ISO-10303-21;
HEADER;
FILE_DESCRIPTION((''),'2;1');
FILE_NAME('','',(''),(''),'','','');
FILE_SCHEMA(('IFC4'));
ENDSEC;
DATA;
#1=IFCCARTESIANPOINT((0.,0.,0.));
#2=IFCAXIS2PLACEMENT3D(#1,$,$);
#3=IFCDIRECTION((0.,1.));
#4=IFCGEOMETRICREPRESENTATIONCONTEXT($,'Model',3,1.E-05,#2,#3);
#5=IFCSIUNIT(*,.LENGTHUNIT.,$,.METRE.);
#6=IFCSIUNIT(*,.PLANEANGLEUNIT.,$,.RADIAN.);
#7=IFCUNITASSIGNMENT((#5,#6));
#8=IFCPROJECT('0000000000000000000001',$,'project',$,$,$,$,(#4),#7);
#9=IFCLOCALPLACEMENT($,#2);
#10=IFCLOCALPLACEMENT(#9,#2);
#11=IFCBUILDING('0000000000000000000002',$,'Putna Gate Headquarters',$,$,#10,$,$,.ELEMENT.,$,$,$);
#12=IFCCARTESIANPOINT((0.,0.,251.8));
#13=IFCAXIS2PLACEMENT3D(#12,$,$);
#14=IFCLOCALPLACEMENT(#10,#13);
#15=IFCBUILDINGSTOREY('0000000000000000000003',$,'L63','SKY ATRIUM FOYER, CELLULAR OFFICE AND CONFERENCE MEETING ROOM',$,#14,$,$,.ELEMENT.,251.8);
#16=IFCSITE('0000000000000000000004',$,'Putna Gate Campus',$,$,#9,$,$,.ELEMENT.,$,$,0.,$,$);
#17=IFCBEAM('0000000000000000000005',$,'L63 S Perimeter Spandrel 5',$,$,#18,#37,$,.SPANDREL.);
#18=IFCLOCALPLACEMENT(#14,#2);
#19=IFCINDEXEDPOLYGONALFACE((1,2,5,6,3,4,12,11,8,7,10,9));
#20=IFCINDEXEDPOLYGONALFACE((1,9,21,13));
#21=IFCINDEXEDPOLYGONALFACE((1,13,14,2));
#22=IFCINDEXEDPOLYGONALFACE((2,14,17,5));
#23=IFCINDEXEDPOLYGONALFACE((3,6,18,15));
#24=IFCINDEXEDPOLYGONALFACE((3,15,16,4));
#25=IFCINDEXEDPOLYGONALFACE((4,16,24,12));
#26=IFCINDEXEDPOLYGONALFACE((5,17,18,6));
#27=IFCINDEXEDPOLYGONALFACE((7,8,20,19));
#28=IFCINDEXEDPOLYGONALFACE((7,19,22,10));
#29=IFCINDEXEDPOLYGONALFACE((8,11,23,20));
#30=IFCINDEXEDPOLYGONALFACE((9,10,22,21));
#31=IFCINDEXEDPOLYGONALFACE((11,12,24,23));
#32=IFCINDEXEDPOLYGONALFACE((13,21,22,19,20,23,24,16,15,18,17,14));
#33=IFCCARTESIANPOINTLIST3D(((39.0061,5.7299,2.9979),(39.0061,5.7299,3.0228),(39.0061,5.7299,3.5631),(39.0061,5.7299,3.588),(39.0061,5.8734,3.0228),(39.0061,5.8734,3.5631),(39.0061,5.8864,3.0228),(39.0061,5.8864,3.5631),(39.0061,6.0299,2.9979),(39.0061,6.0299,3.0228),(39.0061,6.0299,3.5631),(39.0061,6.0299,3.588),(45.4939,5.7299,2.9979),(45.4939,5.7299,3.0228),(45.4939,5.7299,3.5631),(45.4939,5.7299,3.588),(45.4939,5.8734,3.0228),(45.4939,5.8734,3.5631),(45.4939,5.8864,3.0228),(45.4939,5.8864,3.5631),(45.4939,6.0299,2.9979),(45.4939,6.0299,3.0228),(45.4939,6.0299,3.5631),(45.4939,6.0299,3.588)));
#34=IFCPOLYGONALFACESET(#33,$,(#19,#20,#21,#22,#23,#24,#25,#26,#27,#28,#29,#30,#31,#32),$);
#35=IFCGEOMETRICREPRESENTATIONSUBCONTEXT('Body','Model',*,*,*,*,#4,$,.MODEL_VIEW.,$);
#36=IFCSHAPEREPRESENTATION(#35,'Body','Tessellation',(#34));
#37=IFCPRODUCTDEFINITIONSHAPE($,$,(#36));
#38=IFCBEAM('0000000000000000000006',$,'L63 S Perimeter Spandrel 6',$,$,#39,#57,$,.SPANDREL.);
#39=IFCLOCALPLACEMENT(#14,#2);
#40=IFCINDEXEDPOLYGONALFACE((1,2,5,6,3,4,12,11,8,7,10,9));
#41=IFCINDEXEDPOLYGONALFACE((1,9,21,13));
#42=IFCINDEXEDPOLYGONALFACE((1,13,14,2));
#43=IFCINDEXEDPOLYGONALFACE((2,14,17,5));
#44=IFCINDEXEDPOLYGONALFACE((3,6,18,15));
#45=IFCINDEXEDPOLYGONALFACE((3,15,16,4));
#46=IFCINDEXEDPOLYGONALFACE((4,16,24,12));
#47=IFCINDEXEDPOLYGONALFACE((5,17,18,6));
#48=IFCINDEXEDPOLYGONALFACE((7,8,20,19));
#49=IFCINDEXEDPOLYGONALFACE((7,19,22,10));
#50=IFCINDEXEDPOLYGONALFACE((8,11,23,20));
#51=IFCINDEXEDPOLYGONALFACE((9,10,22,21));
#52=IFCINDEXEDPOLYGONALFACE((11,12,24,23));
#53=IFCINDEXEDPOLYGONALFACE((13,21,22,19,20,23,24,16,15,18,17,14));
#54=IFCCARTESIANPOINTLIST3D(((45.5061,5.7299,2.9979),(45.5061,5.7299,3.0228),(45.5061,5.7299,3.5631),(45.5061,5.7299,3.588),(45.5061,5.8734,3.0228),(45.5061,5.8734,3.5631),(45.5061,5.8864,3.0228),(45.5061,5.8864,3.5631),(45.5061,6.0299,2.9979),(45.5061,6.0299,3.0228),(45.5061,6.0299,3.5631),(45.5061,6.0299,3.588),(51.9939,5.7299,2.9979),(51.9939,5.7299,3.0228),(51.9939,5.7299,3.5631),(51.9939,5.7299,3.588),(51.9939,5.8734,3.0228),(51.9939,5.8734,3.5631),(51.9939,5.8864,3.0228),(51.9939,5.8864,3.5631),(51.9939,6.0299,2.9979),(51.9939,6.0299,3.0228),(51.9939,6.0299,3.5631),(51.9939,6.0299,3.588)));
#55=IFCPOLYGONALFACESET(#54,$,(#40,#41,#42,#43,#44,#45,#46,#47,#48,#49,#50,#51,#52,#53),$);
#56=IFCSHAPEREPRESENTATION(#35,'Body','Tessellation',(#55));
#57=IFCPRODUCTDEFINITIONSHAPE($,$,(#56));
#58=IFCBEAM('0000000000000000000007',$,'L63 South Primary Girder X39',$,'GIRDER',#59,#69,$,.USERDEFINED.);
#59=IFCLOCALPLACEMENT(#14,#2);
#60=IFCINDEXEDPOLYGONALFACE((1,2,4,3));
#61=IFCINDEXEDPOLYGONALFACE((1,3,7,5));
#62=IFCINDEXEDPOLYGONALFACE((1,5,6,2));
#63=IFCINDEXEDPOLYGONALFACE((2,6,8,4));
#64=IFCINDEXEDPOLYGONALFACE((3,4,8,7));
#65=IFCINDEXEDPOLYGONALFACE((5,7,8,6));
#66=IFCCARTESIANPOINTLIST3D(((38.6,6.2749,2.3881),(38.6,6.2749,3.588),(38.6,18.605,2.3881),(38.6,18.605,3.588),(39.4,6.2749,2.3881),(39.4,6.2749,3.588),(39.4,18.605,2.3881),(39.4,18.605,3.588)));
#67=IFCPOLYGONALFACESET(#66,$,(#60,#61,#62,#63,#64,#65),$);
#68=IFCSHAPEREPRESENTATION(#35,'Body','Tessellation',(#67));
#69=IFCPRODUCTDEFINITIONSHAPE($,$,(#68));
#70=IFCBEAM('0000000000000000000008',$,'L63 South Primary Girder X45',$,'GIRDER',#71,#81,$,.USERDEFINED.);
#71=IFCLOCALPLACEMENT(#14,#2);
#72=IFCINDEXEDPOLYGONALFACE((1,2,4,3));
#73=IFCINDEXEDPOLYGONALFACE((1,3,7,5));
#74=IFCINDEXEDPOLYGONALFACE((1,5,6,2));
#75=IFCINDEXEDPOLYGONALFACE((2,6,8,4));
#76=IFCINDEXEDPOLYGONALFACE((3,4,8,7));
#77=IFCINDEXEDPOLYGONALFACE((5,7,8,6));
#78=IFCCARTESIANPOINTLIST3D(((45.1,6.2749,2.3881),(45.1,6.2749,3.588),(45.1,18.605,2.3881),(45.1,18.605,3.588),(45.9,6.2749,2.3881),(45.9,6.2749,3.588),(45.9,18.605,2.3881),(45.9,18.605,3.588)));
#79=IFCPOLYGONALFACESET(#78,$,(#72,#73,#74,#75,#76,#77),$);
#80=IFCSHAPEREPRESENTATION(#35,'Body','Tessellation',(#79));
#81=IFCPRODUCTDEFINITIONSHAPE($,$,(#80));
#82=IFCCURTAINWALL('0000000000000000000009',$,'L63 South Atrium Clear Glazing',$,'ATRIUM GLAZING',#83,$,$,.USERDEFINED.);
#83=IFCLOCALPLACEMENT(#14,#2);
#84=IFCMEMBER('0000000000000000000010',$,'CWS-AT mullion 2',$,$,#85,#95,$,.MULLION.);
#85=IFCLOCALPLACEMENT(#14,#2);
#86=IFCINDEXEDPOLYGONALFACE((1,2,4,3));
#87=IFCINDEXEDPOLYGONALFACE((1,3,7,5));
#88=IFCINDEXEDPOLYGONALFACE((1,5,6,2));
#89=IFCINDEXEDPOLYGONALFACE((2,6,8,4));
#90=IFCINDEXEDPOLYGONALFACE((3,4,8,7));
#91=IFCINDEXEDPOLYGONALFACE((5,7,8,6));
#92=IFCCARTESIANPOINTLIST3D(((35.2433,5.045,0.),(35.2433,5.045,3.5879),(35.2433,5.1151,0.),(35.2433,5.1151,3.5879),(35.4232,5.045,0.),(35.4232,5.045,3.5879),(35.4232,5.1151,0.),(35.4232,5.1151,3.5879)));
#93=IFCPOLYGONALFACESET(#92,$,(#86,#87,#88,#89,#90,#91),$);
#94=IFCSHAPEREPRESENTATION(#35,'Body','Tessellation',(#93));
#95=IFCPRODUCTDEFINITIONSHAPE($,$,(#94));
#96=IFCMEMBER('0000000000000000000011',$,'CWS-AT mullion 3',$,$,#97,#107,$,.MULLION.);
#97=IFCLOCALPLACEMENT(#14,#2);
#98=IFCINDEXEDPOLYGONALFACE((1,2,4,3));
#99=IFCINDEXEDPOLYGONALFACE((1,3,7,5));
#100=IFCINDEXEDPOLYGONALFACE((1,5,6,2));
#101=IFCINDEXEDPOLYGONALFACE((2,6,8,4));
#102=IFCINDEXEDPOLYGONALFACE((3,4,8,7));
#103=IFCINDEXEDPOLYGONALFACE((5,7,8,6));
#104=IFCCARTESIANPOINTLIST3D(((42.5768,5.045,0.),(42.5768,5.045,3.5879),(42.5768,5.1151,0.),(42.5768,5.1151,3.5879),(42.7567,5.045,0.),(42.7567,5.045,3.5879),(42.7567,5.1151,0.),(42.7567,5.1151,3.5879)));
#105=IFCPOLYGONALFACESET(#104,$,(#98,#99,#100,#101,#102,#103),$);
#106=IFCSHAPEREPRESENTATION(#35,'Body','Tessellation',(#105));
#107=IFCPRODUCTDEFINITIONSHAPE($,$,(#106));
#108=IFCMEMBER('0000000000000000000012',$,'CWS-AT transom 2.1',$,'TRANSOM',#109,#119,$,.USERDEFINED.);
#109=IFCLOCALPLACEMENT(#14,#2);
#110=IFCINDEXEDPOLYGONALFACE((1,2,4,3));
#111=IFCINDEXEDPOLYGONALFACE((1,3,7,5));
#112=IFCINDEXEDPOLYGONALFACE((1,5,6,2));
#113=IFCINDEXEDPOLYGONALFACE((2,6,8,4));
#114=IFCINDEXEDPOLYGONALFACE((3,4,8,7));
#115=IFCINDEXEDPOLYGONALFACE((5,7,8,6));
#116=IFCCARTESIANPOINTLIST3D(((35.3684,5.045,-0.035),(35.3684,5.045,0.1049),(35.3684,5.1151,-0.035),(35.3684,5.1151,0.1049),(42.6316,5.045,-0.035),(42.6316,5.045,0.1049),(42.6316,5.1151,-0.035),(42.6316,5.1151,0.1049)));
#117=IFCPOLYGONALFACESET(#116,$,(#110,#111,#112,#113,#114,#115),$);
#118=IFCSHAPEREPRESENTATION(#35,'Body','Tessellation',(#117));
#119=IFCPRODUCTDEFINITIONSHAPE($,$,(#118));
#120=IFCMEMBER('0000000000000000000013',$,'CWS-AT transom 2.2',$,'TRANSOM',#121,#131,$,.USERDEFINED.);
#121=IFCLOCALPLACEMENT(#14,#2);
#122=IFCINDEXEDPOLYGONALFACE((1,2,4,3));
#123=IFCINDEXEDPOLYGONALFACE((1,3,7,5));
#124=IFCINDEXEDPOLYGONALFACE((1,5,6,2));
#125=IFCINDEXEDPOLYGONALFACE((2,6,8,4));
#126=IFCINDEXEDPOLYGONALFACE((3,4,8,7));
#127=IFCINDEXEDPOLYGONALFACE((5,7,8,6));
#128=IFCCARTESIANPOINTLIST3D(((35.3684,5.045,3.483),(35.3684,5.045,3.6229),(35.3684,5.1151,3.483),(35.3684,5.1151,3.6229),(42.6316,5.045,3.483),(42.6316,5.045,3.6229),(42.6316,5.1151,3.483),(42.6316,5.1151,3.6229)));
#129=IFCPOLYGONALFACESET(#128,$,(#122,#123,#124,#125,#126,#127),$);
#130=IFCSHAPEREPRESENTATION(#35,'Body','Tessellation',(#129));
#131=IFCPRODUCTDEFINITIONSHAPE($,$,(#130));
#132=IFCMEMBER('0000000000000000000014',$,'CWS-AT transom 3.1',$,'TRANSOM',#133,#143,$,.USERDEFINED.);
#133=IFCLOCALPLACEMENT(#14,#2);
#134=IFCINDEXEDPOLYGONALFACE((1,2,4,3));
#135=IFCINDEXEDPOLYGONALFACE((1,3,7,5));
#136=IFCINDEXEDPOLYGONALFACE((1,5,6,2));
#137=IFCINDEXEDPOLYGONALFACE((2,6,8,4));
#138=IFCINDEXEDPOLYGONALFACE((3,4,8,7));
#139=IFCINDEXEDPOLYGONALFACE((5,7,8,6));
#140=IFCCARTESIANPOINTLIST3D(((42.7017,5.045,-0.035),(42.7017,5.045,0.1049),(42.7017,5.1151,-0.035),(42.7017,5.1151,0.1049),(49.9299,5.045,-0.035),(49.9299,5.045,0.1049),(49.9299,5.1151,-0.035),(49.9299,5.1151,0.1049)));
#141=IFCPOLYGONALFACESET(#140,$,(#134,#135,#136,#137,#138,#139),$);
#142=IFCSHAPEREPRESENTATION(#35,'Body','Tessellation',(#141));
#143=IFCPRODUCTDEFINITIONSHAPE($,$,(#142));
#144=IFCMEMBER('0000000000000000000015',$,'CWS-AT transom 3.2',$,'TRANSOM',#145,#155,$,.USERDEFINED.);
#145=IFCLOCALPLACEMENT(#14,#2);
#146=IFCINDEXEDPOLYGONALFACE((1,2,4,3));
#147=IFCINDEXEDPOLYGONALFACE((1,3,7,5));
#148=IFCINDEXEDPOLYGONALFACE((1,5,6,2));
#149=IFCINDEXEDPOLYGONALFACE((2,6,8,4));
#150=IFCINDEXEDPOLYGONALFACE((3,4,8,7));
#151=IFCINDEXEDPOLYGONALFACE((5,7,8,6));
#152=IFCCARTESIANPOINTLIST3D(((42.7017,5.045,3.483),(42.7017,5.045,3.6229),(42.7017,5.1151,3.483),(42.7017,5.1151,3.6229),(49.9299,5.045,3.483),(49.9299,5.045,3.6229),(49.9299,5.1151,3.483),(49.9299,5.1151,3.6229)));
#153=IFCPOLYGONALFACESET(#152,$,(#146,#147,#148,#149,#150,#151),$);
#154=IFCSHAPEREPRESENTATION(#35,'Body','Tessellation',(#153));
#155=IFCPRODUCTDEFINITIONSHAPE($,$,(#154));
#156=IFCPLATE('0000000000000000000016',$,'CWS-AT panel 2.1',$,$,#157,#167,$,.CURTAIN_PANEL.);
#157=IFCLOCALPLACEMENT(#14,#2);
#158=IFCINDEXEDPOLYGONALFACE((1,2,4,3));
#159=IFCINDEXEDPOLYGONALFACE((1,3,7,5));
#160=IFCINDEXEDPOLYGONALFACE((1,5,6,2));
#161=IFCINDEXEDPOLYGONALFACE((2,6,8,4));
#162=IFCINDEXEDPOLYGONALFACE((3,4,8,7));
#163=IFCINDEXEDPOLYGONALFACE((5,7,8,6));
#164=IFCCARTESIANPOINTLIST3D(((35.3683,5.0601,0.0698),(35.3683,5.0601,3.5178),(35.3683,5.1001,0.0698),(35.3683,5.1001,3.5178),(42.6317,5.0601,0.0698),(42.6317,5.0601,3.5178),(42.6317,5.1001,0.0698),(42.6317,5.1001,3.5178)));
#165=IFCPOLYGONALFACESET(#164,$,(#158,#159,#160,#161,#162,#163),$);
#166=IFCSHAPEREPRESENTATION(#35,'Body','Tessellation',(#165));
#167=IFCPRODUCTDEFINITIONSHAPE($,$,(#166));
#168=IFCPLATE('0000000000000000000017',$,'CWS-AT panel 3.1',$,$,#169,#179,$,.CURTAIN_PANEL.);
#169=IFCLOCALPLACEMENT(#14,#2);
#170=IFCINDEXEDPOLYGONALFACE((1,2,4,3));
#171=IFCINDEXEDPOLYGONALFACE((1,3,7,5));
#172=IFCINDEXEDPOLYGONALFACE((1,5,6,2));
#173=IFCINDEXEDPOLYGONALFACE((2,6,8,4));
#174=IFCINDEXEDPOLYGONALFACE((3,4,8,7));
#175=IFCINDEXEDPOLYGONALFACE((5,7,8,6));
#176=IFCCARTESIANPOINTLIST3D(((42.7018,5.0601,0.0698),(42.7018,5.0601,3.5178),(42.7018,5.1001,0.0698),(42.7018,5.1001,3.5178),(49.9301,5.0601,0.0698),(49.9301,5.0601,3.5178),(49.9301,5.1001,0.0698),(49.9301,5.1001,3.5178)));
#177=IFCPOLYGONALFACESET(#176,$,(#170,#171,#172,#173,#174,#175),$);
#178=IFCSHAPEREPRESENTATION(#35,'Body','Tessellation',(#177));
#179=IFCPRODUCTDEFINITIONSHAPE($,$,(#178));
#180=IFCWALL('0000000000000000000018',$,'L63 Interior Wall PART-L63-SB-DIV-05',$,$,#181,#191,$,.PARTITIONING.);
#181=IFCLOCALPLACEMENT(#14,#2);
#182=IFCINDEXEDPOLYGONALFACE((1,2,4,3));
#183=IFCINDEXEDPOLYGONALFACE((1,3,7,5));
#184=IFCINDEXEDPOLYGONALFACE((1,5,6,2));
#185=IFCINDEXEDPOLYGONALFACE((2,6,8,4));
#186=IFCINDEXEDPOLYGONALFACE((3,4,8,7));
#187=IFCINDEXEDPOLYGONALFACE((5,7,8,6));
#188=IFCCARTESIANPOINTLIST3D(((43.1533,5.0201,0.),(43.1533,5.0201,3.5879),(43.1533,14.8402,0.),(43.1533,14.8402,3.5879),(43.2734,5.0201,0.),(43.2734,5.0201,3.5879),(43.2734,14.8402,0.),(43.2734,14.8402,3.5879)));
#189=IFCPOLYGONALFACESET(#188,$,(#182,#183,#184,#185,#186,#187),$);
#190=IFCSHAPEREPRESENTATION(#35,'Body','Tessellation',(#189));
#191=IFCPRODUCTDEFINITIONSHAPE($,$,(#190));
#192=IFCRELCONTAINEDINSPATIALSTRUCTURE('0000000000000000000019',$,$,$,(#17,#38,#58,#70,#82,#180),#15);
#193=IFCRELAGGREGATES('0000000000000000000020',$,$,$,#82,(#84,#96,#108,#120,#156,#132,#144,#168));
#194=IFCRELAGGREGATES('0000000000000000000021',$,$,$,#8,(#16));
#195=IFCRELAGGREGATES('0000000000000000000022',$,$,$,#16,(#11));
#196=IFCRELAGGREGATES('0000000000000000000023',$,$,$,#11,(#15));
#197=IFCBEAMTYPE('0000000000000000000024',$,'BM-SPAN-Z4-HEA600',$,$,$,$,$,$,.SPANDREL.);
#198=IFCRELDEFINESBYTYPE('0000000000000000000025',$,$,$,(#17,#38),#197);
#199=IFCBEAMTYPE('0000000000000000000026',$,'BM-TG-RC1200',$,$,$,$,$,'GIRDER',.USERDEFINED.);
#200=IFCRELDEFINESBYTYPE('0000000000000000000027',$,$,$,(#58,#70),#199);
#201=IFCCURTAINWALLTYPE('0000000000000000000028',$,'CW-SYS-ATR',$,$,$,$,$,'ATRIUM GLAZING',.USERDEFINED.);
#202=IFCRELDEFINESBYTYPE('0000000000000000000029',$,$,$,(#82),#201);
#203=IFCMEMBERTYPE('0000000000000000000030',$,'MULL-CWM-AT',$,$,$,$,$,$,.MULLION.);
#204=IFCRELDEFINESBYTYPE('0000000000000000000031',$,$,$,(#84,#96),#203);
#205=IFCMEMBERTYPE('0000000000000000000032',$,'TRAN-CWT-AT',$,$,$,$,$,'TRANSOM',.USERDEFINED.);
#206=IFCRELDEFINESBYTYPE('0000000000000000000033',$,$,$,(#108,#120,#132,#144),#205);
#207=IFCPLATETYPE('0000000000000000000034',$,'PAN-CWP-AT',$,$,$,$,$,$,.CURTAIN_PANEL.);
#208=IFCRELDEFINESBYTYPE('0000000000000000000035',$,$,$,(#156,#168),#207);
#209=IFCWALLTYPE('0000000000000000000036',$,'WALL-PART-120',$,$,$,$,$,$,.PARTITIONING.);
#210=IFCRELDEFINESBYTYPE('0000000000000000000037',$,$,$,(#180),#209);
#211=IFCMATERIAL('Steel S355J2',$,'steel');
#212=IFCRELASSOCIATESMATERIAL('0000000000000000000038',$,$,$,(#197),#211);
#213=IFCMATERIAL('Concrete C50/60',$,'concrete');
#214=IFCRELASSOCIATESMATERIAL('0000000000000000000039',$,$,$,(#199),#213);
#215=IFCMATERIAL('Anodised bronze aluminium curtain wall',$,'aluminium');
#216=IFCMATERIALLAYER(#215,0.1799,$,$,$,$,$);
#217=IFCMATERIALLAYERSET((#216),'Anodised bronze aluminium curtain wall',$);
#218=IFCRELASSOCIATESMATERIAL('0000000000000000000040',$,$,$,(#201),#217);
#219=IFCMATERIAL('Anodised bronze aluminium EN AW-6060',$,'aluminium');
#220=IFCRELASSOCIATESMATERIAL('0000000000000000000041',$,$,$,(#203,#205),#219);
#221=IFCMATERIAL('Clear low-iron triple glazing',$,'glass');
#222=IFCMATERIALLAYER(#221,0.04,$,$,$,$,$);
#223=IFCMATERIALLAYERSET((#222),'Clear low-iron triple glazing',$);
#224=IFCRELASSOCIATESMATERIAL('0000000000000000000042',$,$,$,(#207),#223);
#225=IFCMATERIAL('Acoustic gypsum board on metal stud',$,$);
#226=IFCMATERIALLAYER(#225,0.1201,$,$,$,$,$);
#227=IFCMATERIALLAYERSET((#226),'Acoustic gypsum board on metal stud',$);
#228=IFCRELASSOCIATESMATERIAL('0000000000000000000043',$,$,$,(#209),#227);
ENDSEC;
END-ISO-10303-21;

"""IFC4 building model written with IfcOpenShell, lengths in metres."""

from ifc_helpers import new_model, si_unit, direction, frame, frame_2d, origin, origin_2d, place, context, subcontext, project, spatial, rectangle, i_section, extrude, material, layer, layer_set, material_profile, profile_set, type_object, element, aggregate, save


model = new_model("IFC4")

# Units and contexts
model_context = context("Model", 3, precision=1e-05, world=origin(), true_north=direction((0.0, 1.0)))
body_context = subcontext(model_context, "Body", "Model", "MODEL_VIEW")
ifc_project = project(units=[si_unit("LENGTHUNIT", "METRE"), si_unit("PLANEANGLEUNIT", "RADIAN")], contexts=[model_context])

# Site, building, storey
site_placement = place(None, origin())
site = spatial("IfcSite", under=ifc_project, at=site_placement, Name="Putna Gate Campus", CompositionType="ELEMENT", RefElevation=0.0)
building_placement = place(site_placement, origin())
building = spatial("IfcBuilding", under=site, at=building_placement, Name="Putna Gate Headquarters", CompositionType="ELEMENT")
storey_placement = place(building_placement, frame((0.0, 0.0, 251.8)))
storey = spatial("IfcBuildingStorey", under=building, at=storey_placement, Name="L63", Description="SKY ATRIUM FOYER, CELLULAR OFFICE AND CONFERENCE MEETING ROOM", CompositionType="ELEMENT", Elevation=251.8)

# Beams
ifc_material_1 = material(Name="Steel S355J2", Category="steel")
ifc_material_profile_1 = material_profile(ifc_material_1, i_section(OverallWidth=0.3, OverallDepth=0.5901, WebThickness=0.0129, FlangeThickness=0.0249, at=origin_2d()), Name="Steel S355J2")
ifc_profile_set_1 = profile_set([ifc_material_profile_1], Name="Steel S355J2")
beam_type_1 = type_object("IfcBeamType", Name="BM-SPAN-Z4-HEA600", PredefinedType="SPANDREL", material=ifc_profile_set_1)
for number, where, z_axis, x_axis, name in (
    (1, (39.0061, 5.8799, 3.293), (1.0, 0.0, 0.0), (0.0, 1.0, 0.0), "L63 S Perimeter Spandrel 5"),
    (2, (45.5061, 5.8799, 3.293), (1.0, 0.0, 0.0), (0.0, 1.0, 0.0), "L63 S Perimeter Spandrel 6"),
):
    element("IfcBeam", number, at=place(storey_placement, frame(where, z_axis=z_axis, x_axis=x_axis)), inside=storey, type_object=beam_type_1, Name=name, PredefinedType="SPANDREL", context=body_context, shape_type="SweptSolid", body=[
        extrude(i_section(OverallWidth=0.3, OverallDepth=0.5901, WebThickness=0.0129, FlangeThickness=0.0249, at=origin_2d()), origin(), (0.0, 0.0, 1.0), 6.4878),
    ])
ifc_material_2 = material(Name="Concrete C50/60", Category="concrete")
ifc_material_profile_2 = material_profile(ifc_material_2, rectangle(XDim=0.8, YDim=1.2, at=origin_2d()), Name="Concrete C50/60")
ifc_profile_set_2 = profile_set([ifc_material_profile_2], Name="Concrete C50/60")
beam_type_2 = type_object("IfcBeamType", Name="BM-TG-RC1200", ElementType="GIRDER", PredefinedType="USERDEFINED", material=ifc_profile_set_2)
for number, where, z_axis, x_axis, name in (
    (3, (39.0, 6.2749, 2.988), (0.0, 1.0, 0.0), (-1.0, 0.0, 0.0), "L63 South Primary Girder X39"),
    (4, (45.5, 6.2749, 2.988), (0.0, 1.0, 0.0), (-1.0, 0.0, 0.0), "L63 South Primary Girder X45"),
):
    element("IfcBeam", number, at=place(storey_placement, frame(where, z_axis=z_axis, x_axis=x_axis)), inside=storey, type_object=beam_type_2, Name=name, ObjectType="GIRDER", PredefinedType="USERDEFINED", context=body_context, shape_type="SweptSolid", body=[
        extrude(rectangle(XDim=0.8, YDim=1.2, at=origin_2d()), origin(), (0.0, 0.0, 1.0), 12.3301),
    ])

# Curtain wall, members, plates
ifc_material_3 = material(Name="Anodised bronze aluminium curtain wall", Category="aluminium")
ifc_layer_1 = layer(ifc_material_3, 0.1799)
ifc_layer_set_1 = layer_set([ifc_layer_1], Name="Anodised bronze aluminium curtain wall")
curtain_wall_type = type_object("IfcCurtainWallType", Name="CW-SYS-ATR", ElementType="ATRIUM GLAZING", PredefinedType="USERDEFINED", material=ifc_layer_set_1)
curtain_wall_placement = place(storey_placement, origin())
curtain_wall = element("IfcCurtainWall", 5, at=curtain_wall_placement, inside=storey, type_object=curtain_wall_type, Name="L63 South Atrium Clear Glazing", ObjectType="ATRIUM GLAZING", PredefinedType="USERDEFINED")
ifc_material_4 = material(Name="Anodised bronze aluminium EN AW-6060", Category="aluminium")
ifc_material_profile_3 = material_profile(ifc_material_4, rectangle(XDim=0.0701, YDim=0.1799, at=origin_2d()), Name="Anodised bronze aluminium EN AW-6060")
ifc_profile_set_3 = profile_set([ifc_material_profile_3], Name="Anodised bronze aluminium EN AW-6060")
member_type_1 = type_object("IfcMemberType", Name="MULL-CWM-AT", PredefinedType="MULLION", material=ifc_profile_set_3)
member_1_placement = place(storey_placement, frame((35.3333, 5.0801, 0.0), z_axis=(0.0, 0.0, 1.0), x_axis=(0.0, 1.0, 0.0)))
member_1 = element("IfcMember", 6, at=member_1_placement, type_object=member_type_1, Name="CWS-AT mullion 2", PredefinedType="MULLION", context=body_context, shape_type="SweptSolid", body=[
    extrude(rectangle(XDim=0.0701, YDim=0.1799, at=origin_2d()), origin(), (0.0, 0.0, 1.0), 3.5879),
])
member_2_placement = place(storey_placement, frame((42.6667, 5.0801, 0.0), z_axis=(0.0, 0.0, 1.0), x_axis=(0.0, 1.0, 0.0)))
member_2 = element("IfcMember", 7, at=member_2_placement, type_object=member_type_1, Name="CWS-AT mullion 3", PredefinedType="MULLION", context=body_context, shape_type="SweptSolid", body=[
    extrude(rectangle(XDim=0.0701, YDim=0.1799, at=origin_2d()), origin(), (0.0, 0.0, 1.0), 3.5879),
])
ifc_material_profile_4 = material_profile(ifc_material_4, rectangle(XDim=0.0701, YDim=0.1399, at=origin_2d()), Name="Anodised bronze aluminium EN AW-6060")
ifc_profile_set_4 = profile_set([ifc_material_profile_4], Name="Anodised bronze aluminium EN AW-6060")
member_type_2 = type_object("IfcMemberType", Name="TRAN-CWT-AT", ElementType="TRANSOM", PredefinedType="USERDEFINED", material=ifc_profile_set_4)
member_3_placement = place(storey_placement, frame((35.3684, 5.0801, 0.0349), z_axis=(1.0, 0.0, 0.0), x_axis=(0.0, 1.0, 0.0)))
member_3 = element("IfcMember", 8, at=member_3_placement, type_object=member_type_2, Name="CWS-AT transom 2.1", ObjectType="TRANSOM", PredefinedType="USERDEFINED", context=body_context, shape_type="SweptSolid", body=[
    extrude(rectangle(XDim=0.0701, YDim=0.1399, at=origin_2d()), origin(), (0.0, 0.0, 1.0), 7.2632),
])
member_4_placement = place(storey_placement, frame((35.3684, 5.0801, 3.553), z_axis=(1.0, 0.0, 0.0), x_axis=(0.0, 1.0, 0.0)))
member_4 = element("IfcMember", 9, at=member_4_placement, type_object=member_type_2, Name="CWS-AT transom 2.2", ObjectType="TRANSOM", PredefinedType="USERDEFINED", context=body_context, shape_type="SweptSolid", body=[
    extrude(rectangle(XDim=0.0701, YDim=0.1399, at=origin_2d()), origin(), (0.0, 0.0, 1.0), 7.2632),
])
member_5_placement = place(storey_placement, frame((42.7017, 5.0801, 0.0349), z_axis=(1.0, 0.0, 0.0), x_axis=(0.0, 1.0, 0.0)))
member_5 = element("IfcMember", 10, at=member_5_placement, type_object=member_type_2, Name="CWS-AT transom 3.1", ObjectType="TRANSOM", PredefinedType="USERDEFINED", context=body_context, shape_type="SweptSolid", body=[
    extrude(rectangle(XDim=0.0701, YDim=0.1399, at=origin_2d()), origin(), (0.0, 0.0, 1.0), 7.2283),
])
member_6_placement = place(storey_placement, frame((42.7017, 5.0801, 3.553), z_axis=(1.0, 0.0, 0.0), x_axis=(0.0, 1.0, 0.0)))
member_6 = element("IfcMember", 11, at=member_6_placement, type_object=member_type_2, Name="CWS-AT transom 3.2", ObjectType="TRANSOM", PredefinedType="USERDEFINED", context=body_context, shape_type="SweptSolid", body=[
    extrude(rectangle(XDim=0.0701, YDim=0.1399, at=origin_2d()), origin(), (0.0, 0.0, 1.0), 7.2283),
])
ifc_material_5 = material(Name="Clear low-iron triple glazing", Category="glass")
ifc_layer_2 = layer(ifc_material_5, 0.04)
ifc_layer_set_2 = layer_set([ifc_layer_2], Name="Clear low-iron triple glazing")
plate_type = type_object("IfcPlateType", Name="PAN-CWP-AT", PredefinedType="CURTAIN_PANEL", material=ifc_layer_set_2)
plate_1_placement = place(storey_placement, frame((39.0, 5.0801, 0.0698), z_axis=(0.0, 0.0, 1.0), x_axis=(1.0, 0.0, 0.0)))
plate_1 = element("IfcPlate", 12, at=plate_1_placement, type_object=plate_type, Name="CWS-AT panel 2.1", PredefinedType="CURTAIN_PANEL", context=body_context, shape_type="SweptSolid", body=[
    extrude(rectangle(XDim=7.2634, YDim=0.04, at=origin_2d()), origin(), (0.0, 0.0, 1.0), 3.448),
])
plate_2_placement = place(storey_placement, frame((46.3159, 5.0801, 0.0698), z_axis=(0.0, 0.0, 1.0), x_axis=(1.0, 0.0, 0.0)))
plate_2 = element("IfcPlate", 13, at=plate_2_placement, type_object=plate_type, Name="CWS-AT panel 3.1", PredefinedType="CURTAIN_PANEL", context=body_context, shape_type="SweptSolid", body=[
    extrude(rectangle(XDim=7.2283, YDim=0.04, at=origin_2d()), origin(), (0.0, 0.0, 1.0), 3.448),
])
aggregate(curtain_wall, [member_1, member_2, member_3, member_4, plate_1, member_5, member_6, plate_2])

# Wall
ifc_material_6 = material(Name="Acoustic gypsum board on metal stud")
ifc_layer_3 = layer(ifc_material_6, 0.1201)
ifc_layer_set_3 = layer_set([ifc_layer_3], Name="Acoustic gypsum board on metal stud")
wall_type_1 = type_object("IfcWallType", Name="WALL-PART-120", PredefinedType="PARTITIONING", material=ifc_layer_set_3)
wall_1_placement = place(storey_placement, frame((43.2134, 5.02, 0.0), z_axis=(0.0, 0.0, 1.0), x_axis=(0.0, 1.0, 0.0)))
element("IfcWall", 14, at=wall_1_placement, inside=storey, type_object=wall_type_1, Name="L63 Interior Wall PART-L63-SB-DIV-05", PredefinedType="PARTITIONING", context=body_context, shape_type="SweptSolid", body=[
    extrude(rectangle(XDim=9.8201, YDim=0.1201, at=frame_2d((4.9102, 0.0))), origin(), (0.0, 0.0, 1.0), 3.5879),
])

save(model, "model.ifc")
